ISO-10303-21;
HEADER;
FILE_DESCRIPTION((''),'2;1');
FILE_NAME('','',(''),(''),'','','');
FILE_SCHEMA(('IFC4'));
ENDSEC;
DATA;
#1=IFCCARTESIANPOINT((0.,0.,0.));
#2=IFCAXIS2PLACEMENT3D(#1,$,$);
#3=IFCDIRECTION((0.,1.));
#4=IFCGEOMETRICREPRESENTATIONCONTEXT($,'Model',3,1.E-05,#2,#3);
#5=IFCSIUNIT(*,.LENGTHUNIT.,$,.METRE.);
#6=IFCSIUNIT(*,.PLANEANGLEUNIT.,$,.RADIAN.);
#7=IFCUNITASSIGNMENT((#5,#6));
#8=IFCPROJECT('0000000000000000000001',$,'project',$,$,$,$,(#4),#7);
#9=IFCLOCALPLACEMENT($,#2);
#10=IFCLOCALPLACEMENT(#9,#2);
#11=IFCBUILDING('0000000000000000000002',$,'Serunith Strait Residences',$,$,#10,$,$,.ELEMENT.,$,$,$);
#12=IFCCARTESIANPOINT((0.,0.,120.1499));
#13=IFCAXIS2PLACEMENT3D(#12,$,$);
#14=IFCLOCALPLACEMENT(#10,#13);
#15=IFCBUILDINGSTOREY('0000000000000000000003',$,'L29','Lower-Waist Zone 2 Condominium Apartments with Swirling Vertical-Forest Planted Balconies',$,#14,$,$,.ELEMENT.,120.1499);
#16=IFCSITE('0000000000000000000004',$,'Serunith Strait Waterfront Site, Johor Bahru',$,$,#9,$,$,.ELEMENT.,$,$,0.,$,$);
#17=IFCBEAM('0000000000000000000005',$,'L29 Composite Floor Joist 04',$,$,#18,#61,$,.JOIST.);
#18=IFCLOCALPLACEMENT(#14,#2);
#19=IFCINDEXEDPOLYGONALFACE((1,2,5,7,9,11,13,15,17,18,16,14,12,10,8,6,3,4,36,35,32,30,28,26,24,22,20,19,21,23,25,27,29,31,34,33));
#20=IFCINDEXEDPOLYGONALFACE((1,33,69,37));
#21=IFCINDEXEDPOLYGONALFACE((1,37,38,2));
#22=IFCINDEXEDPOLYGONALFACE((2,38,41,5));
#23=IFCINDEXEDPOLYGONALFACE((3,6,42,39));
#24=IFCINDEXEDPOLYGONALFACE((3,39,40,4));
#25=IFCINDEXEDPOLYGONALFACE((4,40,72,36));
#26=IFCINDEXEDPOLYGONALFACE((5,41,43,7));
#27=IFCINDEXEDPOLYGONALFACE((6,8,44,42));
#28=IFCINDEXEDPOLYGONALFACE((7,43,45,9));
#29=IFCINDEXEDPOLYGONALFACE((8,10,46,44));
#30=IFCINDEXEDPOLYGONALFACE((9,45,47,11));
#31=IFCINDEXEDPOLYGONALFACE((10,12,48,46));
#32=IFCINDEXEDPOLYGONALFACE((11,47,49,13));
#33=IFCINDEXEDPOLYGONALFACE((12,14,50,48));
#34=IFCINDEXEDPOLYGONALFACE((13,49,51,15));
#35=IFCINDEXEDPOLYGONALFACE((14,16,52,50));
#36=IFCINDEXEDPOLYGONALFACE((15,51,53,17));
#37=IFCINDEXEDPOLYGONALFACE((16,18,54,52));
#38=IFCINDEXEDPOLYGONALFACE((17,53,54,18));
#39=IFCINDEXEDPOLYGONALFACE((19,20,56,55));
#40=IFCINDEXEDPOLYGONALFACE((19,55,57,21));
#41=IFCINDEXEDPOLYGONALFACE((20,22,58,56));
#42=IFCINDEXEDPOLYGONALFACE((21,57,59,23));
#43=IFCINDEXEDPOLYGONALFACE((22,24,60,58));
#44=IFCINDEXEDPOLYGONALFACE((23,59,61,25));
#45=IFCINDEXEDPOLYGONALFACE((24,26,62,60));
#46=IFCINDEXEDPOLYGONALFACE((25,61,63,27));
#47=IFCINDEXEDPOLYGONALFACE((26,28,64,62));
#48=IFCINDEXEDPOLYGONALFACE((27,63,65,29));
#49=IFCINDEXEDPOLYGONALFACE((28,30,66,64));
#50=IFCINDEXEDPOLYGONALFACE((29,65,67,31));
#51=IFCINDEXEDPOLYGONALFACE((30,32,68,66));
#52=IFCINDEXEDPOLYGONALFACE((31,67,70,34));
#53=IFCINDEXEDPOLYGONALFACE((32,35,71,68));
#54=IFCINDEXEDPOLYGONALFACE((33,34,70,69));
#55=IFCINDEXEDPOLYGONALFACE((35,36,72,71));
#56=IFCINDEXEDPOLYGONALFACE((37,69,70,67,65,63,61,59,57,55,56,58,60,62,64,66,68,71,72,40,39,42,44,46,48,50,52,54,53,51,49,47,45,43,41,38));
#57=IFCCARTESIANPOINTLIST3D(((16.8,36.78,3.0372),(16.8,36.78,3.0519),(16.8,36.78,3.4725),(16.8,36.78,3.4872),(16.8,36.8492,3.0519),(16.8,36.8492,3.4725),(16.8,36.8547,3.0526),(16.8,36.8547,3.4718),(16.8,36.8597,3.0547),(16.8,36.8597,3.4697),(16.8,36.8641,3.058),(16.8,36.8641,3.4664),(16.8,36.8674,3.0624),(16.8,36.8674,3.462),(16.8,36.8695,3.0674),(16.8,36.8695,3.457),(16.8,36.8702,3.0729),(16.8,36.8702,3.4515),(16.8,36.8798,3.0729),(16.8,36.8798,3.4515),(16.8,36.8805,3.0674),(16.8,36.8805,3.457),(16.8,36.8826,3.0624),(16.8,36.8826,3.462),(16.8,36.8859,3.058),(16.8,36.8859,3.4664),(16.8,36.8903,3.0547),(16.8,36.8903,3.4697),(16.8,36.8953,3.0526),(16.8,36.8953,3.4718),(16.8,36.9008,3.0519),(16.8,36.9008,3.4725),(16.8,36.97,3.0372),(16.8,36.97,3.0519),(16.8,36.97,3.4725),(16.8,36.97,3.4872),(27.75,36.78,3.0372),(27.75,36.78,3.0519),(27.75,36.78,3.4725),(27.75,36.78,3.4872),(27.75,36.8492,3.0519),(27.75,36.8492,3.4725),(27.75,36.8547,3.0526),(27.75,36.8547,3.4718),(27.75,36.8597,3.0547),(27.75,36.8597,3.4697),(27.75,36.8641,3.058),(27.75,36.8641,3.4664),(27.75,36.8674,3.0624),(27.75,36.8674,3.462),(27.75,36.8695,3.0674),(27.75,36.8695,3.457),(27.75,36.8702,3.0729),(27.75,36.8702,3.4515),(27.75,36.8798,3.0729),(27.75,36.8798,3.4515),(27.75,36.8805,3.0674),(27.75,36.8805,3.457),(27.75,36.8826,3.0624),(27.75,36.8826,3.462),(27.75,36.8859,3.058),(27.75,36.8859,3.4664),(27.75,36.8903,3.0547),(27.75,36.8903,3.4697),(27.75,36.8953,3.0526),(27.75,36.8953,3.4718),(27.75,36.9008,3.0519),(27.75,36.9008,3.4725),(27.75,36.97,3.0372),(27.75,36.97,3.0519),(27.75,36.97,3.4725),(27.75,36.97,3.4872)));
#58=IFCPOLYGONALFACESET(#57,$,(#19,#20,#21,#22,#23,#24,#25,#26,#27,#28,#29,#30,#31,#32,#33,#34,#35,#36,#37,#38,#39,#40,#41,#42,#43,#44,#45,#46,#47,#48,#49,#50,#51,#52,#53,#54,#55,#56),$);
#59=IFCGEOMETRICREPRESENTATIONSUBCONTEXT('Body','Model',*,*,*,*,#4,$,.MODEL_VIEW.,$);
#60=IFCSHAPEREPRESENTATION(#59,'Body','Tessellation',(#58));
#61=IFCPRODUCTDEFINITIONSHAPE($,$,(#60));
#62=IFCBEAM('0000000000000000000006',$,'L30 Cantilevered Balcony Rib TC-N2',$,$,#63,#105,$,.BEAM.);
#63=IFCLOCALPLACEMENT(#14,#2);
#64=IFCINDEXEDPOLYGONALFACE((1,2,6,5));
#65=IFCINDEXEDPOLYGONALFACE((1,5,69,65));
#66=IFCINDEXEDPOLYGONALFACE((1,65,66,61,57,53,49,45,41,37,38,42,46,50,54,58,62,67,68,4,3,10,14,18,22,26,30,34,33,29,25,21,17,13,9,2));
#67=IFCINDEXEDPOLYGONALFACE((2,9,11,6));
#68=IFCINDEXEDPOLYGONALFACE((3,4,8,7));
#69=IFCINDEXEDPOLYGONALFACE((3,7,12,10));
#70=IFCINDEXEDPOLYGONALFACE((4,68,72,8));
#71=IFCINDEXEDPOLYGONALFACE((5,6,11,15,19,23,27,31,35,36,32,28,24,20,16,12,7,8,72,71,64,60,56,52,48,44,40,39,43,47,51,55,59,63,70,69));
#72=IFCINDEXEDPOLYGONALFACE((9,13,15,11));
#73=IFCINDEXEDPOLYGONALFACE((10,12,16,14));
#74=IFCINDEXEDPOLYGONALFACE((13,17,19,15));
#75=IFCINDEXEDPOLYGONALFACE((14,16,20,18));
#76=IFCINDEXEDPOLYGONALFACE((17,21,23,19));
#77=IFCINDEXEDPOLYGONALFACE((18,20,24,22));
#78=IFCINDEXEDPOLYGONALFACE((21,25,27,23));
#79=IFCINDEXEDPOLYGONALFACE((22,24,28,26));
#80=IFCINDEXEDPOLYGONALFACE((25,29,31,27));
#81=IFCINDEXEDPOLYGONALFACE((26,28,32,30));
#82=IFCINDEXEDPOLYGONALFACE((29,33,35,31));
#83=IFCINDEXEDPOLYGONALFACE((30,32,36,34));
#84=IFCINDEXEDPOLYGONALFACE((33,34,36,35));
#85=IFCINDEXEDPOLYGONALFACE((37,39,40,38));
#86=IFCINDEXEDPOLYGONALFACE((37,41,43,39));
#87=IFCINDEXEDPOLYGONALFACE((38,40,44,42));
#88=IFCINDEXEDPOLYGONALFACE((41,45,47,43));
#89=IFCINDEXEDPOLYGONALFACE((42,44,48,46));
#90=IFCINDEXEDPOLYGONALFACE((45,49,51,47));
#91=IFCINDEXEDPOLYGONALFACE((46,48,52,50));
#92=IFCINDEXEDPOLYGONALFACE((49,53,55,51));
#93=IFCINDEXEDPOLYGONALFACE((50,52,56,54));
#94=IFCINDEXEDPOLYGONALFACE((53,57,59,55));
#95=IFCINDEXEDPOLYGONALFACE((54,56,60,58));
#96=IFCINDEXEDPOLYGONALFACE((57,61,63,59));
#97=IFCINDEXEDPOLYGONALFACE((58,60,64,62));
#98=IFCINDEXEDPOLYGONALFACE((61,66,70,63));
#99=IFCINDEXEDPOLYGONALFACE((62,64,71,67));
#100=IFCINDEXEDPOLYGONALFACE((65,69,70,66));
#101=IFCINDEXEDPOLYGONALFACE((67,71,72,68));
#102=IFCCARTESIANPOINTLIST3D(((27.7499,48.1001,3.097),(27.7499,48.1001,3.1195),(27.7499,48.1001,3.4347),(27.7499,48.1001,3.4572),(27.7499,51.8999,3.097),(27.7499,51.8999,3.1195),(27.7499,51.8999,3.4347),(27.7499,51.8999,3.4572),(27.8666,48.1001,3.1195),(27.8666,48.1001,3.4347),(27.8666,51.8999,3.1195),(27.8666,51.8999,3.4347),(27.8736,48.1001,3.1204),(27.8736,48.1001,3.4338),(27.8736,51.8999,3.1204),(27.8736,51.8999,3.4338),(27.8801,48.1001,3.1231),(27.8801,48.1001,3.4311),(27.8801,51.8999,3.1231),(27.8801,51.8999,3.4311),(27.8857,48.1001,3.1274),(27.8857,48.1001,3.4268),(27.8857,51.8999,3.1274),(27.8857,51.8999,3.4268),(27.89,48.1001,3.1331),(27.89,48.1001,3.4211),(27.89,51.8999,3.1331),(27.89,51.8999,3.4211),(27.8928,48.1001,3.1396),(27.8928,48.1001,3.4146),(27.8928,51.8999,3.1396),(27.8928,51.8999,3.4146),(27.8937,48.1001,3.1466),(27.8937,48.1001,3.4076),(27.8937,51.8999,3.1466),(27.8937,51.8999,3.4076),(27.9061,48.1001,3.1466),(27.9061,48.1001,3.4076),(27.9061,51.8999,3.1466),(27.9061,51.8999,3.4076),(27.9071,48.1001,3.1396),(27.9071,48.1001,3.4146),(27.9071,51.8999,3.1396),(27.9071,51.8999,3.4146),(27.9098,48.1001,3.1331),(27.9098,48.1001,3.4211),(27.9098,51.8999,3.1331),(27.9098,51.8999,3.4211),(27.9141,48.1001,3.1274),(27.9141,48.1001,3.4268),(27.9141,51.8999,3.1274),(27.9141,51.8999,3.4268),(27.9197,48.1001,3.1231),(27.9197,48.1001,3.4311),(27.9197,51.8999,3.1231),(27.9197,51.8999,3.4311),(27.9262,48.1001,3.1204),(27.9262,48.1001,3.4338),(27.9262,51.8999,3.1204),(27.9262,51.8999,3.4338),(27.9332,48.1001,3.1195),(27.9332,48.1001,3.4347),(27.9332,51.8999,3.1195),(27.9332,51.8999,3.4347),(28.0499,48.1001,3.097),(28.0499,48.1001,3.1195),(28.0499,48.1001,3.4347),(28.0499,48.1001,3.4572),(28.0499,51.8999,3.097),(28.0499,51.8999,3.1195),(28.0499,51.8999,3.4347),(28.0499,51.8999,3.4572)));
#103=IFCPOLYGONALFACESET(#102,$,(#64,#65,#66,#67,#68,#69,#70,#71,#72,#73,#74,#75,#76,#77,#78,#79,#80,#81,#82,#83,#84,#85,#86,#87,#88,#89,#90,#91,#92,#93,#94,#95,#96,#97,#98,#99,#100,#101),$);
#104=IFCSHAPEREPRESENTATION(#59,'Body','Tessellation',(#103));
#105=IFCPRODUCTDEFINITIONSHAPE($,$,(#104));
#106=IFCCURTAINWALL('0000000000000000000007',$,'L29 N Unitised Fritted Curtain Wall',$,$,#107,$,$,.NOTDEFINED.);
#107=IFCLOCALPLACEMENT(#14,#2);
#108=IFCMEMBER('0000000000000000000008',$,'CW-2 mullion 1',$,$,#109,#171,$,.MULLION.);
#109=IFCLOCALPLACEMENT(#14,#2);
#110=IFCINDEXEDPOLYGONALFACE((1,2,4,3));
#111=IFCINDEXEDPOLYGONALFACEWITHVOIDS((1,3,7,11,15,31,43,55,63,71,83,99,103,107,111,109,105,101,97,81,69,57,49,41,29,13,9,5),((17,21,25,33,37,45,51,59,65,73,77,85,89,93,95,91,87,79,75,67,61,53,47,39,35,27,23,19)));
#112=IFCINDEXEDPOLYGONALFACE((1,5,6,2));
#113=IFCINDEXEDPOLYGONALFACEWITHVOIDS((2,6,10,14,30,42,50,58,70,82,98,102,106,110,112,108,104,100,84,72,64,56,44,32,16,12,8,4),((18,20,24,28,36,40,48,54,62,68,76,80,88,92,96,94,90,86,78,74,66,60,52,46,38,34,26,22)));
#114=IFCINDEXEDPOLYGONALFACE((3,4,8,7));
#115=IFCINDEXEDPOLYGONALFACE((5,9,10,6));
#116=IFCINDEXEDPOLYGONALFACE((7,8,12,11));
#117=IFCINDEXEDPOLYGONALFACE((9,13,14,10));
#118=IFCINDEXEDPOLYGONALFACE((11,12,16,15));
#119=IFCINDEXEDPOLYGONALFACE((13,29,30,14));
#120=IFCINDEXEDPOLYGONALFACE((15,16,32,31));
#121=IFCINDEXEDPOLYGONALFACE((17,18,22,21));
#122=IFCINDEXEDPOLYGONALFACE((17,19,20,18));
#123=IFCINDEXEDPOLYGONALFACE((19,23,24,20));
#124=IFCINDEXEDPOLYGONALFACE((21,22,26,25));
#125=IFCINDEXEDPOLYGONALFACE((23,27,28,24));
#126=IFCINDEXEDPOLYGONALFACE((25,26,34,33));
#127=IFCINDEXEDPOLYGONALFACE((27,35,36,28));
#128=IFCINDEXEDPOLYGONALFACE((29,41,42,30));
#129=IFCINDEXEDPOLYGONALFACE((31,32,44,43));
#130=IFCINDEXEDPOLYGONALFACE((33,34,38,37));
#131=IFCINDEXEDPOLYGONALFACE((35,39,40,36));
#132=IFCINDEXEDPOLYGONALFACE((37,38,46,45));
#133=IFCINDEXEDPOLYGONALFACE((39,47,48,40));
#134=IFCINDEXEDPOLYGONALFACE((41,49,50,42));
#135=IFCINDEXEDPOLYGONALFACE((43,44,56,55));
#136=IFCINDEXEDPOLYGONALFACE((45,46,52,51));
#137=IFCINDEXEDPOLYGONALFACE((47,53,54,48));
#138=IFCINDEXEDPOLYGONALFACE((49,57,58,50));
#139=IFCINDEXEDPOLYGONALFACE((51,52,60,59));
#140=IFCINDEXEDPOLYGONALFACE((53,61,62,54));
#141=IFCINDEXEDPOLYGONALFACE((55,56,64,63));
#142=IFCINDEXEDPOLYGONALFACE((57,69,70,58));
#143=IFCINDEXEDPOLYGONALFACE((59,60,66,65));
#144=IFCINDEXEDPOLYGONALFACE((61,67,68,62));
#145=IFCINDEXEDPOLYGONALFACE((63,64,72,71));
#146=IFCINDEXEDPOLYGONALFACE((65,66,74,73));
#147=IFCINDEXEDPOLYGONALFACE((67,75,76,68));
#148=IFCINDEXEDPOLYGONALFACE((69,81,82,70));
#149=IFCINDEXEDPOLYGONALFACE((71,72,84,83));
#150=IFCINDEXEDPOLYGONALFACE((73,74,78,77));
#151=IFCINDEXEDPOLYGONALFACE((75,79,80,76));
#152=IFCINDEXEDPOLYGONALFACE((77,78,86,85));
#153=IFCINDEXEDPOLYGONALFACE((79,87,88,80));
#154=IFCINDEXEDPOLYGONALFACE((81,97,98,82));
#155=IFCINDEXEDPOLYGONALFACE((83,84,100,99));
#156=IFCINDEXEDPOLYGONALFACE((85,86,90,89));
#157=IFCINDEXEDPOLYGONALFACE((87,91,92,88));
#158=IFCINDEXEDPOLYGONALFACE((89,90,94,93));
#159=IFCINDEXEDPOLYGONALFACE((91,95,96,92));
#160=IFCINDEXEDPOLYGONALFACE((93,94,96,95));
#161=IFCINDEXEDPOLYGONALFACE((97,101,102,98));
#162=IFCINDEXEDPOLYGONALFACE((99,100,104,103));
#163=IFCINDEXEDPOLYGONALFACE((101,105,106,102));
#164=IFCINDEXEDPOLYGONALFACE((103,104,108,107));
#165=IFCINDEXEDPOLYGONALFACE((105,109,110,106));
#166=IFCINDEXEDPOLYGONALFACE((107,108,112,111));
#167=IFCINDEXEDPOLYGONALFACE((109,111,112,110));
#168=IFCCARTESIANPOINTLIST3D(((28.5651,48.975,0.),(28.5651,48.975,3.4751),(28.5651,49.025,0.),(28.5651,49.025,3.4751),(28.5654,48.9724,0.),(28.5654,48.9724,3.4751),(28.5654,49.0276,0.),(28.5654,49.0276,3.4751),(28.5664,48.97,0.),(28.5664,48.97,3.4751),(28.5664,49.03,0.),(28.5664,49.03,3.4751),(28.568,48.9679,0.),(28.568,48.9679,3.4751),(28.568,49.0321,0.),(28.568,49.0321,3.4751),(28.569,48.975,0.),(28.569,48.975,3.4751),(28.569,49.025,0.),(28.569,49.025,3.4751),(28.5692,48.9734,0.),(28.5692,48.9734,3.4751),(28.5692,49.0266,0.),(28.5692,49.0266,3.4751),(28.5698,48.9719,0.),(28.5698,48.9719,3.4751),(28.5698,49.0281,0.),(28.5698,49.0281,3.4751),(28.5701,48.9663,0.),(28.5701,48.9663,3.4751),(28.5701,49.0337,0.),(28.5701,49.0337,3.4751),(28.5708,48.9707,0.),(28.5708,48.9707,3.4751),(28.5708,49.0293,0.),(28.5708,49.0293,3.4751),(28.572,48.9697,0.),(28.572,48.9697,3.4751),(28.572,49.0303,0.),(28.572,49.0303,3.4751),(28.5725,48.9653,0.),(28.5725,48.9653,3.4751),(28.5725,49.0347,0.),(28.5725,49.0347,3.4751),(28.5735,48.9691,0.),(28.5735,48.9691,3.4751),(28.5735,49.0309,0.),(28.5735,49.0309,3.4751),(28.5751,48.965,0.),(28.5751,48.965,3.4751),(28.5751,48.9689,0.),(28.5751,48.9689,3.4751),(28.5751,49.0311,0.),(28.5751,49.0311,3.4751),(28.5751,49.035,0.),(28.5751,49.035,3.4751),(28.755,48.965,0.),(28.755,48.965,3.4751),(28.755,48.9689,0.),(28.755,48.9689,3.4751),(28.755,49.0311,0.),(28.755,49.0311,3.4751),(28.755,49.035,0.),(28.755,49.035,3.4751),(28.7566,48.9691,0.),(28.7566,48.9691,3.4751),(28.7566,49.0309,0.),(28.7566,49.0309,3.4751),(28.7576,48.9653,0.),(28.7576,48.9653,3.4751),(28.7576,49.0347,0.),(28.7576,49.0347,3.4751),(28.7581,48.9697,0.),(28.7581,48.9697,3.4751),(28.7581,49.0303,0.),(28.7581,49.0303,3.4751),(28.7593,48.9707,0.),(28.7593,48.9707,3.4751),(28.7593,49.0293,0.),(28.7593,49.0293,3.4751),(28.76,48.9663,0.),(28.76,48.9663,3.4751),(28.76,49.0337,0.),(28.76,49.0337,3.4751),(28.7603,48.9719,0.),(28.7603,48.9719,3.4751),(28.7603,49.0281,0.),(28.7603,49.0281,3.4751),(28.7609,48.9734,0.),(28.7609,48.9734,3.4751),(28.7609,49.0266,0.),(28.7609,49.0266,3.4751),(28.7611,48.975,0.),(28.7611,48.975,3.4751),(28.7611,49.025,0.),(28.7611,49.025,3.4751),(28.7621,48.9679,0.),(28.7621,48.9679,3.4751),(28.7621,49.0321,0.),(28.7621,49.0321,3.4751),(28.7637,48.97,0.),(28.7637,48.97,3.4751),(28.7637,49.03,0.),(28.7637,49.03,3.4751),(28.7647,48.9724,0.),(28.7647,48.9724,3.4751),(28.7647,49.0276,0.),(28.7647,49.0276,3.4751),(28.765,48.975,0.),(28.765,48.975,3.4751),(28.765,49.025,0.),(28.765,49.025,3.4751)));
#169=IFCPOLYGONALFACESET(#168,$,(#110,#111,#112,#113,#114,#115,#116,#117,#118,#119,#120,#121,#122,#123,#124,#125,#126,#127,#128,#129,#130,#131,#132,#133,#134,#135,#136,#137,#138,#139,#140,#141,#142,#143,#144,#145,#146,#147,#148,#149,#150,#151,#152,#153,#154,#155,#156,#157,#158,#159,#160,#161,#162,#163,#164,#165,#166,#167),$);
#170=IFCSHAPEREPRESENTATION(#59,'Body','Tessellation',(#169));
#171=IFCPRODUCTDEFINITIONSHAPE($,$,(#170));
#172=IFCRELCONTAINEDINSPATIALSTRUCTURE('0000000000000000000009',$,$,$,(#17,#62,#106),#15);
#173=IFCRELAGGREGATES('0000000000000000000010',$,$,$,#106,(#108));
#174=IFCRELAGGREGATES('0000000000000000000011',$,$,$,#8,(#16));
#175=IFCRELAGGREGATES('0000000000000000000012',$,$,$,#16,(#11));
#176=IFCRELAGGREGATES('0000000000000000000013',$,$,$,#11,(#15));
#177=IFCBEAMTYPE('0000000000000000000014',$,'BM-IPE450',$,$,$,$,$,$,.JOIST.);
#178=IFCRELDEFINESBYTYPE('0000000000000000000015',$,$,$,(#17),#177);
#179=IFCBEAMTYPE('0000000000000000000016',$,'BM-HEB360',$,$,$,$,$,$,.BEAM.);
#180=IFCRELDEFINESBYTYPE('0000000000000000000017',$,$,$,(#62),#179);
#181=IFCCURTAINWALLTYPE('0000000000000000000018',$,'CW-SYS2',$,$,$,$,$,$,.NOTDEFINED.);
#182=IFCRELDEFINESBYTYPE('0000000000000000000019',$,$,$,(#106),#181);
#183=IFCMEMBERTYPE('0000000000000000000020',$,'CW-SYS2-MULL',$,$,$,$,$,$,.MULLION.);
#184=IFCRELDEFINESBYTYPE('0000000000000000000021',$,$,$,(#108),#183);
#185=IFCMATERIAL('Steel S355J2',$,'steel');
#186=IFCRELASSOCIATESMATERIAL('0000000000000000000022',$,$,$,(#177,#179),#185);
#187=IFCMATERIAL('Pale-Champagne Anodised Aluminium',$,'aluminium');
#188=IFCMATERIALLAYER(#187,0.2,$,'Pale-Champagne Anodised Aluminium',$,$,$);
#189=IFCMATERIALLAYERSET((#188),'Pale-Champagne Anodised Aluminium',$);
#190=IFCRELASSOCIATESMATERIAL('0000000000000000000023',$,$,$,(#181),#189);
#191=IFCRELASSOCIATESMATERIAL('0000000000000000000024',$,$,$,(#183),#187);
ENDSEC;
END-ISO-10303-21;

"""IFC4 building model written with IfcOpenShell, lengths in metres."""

from ifc_helpers import new_model, si_unit, direction, frame, origin, origin_2d, place, context, subcontext, project, spatial, hollow_rectangle, i_section, extrude, source, transform, mapped, material, layer, layer_set, material_profile, profile_set, type_object, element, aggregate, save


model = new_model("IFC4")

# Units and contexts
model_context = context("Model", 3, precision=1e-05, world=origin(), true_north=direction((0.0, 1.0)))
body_context = subcontext(model_context, "Body", "Model", "MODEL_VIEW")
ifc_project = project(units=[si_unit("LENGTHUNIT", "METRE"), si_unit("PLANEANGLEUNIT", "RADIAN")], contexts=[model_context])

# Site, building, storey
site_placement = place(None, origin())
site = spatial("IfcSite", under=ifc_project, at=site_placement, Name="Serunith Strait Waterfront Site, Johor Bahru", CompositionType="ELEMENT", RefElevation=0.0)
building_placement = place(site_placement, origin())
building = spatial("IfcBuilding", under=site, at=building_placement, Name="Serunith Strait Residences", CompositionType="ELEMENT")
storey_placement = place(building_placement, frame((0.0, 0.0, 120.1499)))
storey = spatial("IfcBuildingStorey", under=building, at=storey_placement, Name="L29", Description="Lower-Waist Zone 2 Condominium Apartments with Swirling Vertical-Forest Planted Balconies", CompositionType="ELEMENT", Elevation=120.1499)

# Beams
ifc_material_1 = material(Name="Steel S355J2", Category="steel")
ifc_material_profile_1 = material_profile(ifc_material_1, i_section(OverallWidth=0.1899, OverallDepth=0.45, WebThickness=0.0095, FlangeThickness=0.0146, FilletRadius=0.021, at=origin_2d()), Name="IPE 450")
ifc_profile_set_1 = profile_set([ifc_material_profile_1], Name="Steel S355J2")
beam_type_1 = type_object("IfcBeamType", Name="BM-IPE450", PredefinedType="JOIST", material=ifc_profile_set_1)
shared_shape_1 = source(origin(), body_context, "Body", "SweptSolid", [
    extrude(i_section(OverallWidth=0.1899, OverallDepth=0.45, WebThickness=0.0095, FlangeThickness=0.0146, FilletRadius=0.021, at=origin_2d()), origin(), (0.0, 0.0, 1.0), 10.95),
])
beam_1_placement = place(storey_placement, frame((16.8, 36.875, 3.2622), z_axis=(1.0, 0.0, 0.0), x_axis=(0.0, 1.0, 0.0)))
element("IfcBeam", 1, at=beam_1_placement, inside=storey, type_object=beam_type_1, Name="L29 Composite Floor Joist 04", PredefinedType="JOIST", context=body_context, shape_type="MappedRepresentation", body=[
    mapped(shared_shape_1, transform((0.0, 0.0, 0.0), scale=1.0)),
])
ifc_material_profile_2 = material_profile(ifc_material_1, i_section(OverallWidth=0.3, OverallDepth=0.3601, WebThickness=0.0125, FlangeThickness=0.0225, FilletRadius=0.0271, at=origin_2d()), Name="HEB 360")
ifc_profile_set_2 = profile_set([ifc_material_profile_2], Name="Steel S355J2")
beam_type_2 = type_object("IfcBeamType", Name="BM-HEB360", PredefinedType="BEAM", material=ifc_profile_set_2)
shared_shape_2 = source(origin(), body_context, "Body", "SweptSolid", [
    extrude(i_section(OverallWidth=0.3, OverallDepth=0.3601, WebThickness=0.0125, FlangeThickness=0.0225, FilletRadius=0.0271, at=origin_2d()), origin(), (0.0, 0.0, 1.0), 3.7998),
])
beam_2_placement = place(storey_placement, frame((27.8999, 48.1001, 3.2771), z_axis=(0.0, 1.0, 0.0), x_axis=(-1.0, 0.0, 0.0)))
element("IfcBeam", 2, at=beam_2_placement, inside=storey, type_object=beam_type_2, Name="L30 Cantilevered Balcony Rib TC-N2", PredefinedType="BEAM", context=body_context, shape_type="MappedRepresentation", body=[
    mapped(shared_shape_2, transform((0.0, 0.0, 0.0), scale=1.0)),
])

# Curtain wall, member
ifc_material_2 = material(Name="Pale-Champagne Anodised Aluminium", Category="aluminium")
ifc_layer_1 = layer(ifc_material_2, 0.2, Name="Pale-Champagne Anodised Aluminium")
ifc_layer_set_1 = layer_set([ifc_layer_1], Name="Pale-Champagne Anodised Aluminium")
curtain_wall_type = type_object("IfcCurtainWallType", Name="CW-SYS2", PredefinedType="NOTDEFINED", material=ifc_layer_set_1)
curtain_wall_placement = place(storey_placement, origin())
curtain_wall = element("IfcCurtainWall", 3, at=curtain_wall_placement, inside=storey, type_object=curtain_wall_type, Name="L29 N Unitised Fritted Curtain Wall", PredefinedType="NOTDEFINED")
ifc_material_profile_3 = material_profile(ifc_material_2, hollow_rectangle(XDim=0.0701, YDim=0.2, WallThickness=0.0039, InnerFilletRadius=0.0061, OuterFilletRadius=0.01, at=origin_2d()), Name="ALU 200x70x4")
ifc_profile_set_3 = profile_set([ifc_material_profile_3], Name="Pale-Champagne Anodised Aluminium")
member_type_1 = type_object("IfcMemberType", Name="CW-SYS2-MULL", PredefinedType="MULLION", material=ifc_profile_set_3)
shared_shape_3 = source(origin(), body_context, "Body", "SweptSolid", [
    extrude(hollow_rectangle(XDim=0.0701, YDim=0.2, WallThickness=0.0039, InnerFilletRadius=0.0061, OuterFilletRadius=0.01, at=origin_2d()), origin(), (0.0, 0.0, 1.0), 3.4751),
])
member_1_placement = place(storey_placement, frame((28.665, 49.0, 0.0), z_axis=(0.0, 0.0, 1.0), x_axis=(0.0, -1.0, 0.0)))
member_1 = element("IfcMember", 4, at=member_1_placement, type_object=member_type_1, Name="CW-2 mullion 1", PredefinedType="MULLION", context=body_context, shape_type="MappedRepresentation", body=[
    mapped(shared_shape_3, transform((0.0, 0.0, 0.0), scale=1.0)),
])
aggregate(curtain_wall, [member_1])

save(model, "model.ifc")
